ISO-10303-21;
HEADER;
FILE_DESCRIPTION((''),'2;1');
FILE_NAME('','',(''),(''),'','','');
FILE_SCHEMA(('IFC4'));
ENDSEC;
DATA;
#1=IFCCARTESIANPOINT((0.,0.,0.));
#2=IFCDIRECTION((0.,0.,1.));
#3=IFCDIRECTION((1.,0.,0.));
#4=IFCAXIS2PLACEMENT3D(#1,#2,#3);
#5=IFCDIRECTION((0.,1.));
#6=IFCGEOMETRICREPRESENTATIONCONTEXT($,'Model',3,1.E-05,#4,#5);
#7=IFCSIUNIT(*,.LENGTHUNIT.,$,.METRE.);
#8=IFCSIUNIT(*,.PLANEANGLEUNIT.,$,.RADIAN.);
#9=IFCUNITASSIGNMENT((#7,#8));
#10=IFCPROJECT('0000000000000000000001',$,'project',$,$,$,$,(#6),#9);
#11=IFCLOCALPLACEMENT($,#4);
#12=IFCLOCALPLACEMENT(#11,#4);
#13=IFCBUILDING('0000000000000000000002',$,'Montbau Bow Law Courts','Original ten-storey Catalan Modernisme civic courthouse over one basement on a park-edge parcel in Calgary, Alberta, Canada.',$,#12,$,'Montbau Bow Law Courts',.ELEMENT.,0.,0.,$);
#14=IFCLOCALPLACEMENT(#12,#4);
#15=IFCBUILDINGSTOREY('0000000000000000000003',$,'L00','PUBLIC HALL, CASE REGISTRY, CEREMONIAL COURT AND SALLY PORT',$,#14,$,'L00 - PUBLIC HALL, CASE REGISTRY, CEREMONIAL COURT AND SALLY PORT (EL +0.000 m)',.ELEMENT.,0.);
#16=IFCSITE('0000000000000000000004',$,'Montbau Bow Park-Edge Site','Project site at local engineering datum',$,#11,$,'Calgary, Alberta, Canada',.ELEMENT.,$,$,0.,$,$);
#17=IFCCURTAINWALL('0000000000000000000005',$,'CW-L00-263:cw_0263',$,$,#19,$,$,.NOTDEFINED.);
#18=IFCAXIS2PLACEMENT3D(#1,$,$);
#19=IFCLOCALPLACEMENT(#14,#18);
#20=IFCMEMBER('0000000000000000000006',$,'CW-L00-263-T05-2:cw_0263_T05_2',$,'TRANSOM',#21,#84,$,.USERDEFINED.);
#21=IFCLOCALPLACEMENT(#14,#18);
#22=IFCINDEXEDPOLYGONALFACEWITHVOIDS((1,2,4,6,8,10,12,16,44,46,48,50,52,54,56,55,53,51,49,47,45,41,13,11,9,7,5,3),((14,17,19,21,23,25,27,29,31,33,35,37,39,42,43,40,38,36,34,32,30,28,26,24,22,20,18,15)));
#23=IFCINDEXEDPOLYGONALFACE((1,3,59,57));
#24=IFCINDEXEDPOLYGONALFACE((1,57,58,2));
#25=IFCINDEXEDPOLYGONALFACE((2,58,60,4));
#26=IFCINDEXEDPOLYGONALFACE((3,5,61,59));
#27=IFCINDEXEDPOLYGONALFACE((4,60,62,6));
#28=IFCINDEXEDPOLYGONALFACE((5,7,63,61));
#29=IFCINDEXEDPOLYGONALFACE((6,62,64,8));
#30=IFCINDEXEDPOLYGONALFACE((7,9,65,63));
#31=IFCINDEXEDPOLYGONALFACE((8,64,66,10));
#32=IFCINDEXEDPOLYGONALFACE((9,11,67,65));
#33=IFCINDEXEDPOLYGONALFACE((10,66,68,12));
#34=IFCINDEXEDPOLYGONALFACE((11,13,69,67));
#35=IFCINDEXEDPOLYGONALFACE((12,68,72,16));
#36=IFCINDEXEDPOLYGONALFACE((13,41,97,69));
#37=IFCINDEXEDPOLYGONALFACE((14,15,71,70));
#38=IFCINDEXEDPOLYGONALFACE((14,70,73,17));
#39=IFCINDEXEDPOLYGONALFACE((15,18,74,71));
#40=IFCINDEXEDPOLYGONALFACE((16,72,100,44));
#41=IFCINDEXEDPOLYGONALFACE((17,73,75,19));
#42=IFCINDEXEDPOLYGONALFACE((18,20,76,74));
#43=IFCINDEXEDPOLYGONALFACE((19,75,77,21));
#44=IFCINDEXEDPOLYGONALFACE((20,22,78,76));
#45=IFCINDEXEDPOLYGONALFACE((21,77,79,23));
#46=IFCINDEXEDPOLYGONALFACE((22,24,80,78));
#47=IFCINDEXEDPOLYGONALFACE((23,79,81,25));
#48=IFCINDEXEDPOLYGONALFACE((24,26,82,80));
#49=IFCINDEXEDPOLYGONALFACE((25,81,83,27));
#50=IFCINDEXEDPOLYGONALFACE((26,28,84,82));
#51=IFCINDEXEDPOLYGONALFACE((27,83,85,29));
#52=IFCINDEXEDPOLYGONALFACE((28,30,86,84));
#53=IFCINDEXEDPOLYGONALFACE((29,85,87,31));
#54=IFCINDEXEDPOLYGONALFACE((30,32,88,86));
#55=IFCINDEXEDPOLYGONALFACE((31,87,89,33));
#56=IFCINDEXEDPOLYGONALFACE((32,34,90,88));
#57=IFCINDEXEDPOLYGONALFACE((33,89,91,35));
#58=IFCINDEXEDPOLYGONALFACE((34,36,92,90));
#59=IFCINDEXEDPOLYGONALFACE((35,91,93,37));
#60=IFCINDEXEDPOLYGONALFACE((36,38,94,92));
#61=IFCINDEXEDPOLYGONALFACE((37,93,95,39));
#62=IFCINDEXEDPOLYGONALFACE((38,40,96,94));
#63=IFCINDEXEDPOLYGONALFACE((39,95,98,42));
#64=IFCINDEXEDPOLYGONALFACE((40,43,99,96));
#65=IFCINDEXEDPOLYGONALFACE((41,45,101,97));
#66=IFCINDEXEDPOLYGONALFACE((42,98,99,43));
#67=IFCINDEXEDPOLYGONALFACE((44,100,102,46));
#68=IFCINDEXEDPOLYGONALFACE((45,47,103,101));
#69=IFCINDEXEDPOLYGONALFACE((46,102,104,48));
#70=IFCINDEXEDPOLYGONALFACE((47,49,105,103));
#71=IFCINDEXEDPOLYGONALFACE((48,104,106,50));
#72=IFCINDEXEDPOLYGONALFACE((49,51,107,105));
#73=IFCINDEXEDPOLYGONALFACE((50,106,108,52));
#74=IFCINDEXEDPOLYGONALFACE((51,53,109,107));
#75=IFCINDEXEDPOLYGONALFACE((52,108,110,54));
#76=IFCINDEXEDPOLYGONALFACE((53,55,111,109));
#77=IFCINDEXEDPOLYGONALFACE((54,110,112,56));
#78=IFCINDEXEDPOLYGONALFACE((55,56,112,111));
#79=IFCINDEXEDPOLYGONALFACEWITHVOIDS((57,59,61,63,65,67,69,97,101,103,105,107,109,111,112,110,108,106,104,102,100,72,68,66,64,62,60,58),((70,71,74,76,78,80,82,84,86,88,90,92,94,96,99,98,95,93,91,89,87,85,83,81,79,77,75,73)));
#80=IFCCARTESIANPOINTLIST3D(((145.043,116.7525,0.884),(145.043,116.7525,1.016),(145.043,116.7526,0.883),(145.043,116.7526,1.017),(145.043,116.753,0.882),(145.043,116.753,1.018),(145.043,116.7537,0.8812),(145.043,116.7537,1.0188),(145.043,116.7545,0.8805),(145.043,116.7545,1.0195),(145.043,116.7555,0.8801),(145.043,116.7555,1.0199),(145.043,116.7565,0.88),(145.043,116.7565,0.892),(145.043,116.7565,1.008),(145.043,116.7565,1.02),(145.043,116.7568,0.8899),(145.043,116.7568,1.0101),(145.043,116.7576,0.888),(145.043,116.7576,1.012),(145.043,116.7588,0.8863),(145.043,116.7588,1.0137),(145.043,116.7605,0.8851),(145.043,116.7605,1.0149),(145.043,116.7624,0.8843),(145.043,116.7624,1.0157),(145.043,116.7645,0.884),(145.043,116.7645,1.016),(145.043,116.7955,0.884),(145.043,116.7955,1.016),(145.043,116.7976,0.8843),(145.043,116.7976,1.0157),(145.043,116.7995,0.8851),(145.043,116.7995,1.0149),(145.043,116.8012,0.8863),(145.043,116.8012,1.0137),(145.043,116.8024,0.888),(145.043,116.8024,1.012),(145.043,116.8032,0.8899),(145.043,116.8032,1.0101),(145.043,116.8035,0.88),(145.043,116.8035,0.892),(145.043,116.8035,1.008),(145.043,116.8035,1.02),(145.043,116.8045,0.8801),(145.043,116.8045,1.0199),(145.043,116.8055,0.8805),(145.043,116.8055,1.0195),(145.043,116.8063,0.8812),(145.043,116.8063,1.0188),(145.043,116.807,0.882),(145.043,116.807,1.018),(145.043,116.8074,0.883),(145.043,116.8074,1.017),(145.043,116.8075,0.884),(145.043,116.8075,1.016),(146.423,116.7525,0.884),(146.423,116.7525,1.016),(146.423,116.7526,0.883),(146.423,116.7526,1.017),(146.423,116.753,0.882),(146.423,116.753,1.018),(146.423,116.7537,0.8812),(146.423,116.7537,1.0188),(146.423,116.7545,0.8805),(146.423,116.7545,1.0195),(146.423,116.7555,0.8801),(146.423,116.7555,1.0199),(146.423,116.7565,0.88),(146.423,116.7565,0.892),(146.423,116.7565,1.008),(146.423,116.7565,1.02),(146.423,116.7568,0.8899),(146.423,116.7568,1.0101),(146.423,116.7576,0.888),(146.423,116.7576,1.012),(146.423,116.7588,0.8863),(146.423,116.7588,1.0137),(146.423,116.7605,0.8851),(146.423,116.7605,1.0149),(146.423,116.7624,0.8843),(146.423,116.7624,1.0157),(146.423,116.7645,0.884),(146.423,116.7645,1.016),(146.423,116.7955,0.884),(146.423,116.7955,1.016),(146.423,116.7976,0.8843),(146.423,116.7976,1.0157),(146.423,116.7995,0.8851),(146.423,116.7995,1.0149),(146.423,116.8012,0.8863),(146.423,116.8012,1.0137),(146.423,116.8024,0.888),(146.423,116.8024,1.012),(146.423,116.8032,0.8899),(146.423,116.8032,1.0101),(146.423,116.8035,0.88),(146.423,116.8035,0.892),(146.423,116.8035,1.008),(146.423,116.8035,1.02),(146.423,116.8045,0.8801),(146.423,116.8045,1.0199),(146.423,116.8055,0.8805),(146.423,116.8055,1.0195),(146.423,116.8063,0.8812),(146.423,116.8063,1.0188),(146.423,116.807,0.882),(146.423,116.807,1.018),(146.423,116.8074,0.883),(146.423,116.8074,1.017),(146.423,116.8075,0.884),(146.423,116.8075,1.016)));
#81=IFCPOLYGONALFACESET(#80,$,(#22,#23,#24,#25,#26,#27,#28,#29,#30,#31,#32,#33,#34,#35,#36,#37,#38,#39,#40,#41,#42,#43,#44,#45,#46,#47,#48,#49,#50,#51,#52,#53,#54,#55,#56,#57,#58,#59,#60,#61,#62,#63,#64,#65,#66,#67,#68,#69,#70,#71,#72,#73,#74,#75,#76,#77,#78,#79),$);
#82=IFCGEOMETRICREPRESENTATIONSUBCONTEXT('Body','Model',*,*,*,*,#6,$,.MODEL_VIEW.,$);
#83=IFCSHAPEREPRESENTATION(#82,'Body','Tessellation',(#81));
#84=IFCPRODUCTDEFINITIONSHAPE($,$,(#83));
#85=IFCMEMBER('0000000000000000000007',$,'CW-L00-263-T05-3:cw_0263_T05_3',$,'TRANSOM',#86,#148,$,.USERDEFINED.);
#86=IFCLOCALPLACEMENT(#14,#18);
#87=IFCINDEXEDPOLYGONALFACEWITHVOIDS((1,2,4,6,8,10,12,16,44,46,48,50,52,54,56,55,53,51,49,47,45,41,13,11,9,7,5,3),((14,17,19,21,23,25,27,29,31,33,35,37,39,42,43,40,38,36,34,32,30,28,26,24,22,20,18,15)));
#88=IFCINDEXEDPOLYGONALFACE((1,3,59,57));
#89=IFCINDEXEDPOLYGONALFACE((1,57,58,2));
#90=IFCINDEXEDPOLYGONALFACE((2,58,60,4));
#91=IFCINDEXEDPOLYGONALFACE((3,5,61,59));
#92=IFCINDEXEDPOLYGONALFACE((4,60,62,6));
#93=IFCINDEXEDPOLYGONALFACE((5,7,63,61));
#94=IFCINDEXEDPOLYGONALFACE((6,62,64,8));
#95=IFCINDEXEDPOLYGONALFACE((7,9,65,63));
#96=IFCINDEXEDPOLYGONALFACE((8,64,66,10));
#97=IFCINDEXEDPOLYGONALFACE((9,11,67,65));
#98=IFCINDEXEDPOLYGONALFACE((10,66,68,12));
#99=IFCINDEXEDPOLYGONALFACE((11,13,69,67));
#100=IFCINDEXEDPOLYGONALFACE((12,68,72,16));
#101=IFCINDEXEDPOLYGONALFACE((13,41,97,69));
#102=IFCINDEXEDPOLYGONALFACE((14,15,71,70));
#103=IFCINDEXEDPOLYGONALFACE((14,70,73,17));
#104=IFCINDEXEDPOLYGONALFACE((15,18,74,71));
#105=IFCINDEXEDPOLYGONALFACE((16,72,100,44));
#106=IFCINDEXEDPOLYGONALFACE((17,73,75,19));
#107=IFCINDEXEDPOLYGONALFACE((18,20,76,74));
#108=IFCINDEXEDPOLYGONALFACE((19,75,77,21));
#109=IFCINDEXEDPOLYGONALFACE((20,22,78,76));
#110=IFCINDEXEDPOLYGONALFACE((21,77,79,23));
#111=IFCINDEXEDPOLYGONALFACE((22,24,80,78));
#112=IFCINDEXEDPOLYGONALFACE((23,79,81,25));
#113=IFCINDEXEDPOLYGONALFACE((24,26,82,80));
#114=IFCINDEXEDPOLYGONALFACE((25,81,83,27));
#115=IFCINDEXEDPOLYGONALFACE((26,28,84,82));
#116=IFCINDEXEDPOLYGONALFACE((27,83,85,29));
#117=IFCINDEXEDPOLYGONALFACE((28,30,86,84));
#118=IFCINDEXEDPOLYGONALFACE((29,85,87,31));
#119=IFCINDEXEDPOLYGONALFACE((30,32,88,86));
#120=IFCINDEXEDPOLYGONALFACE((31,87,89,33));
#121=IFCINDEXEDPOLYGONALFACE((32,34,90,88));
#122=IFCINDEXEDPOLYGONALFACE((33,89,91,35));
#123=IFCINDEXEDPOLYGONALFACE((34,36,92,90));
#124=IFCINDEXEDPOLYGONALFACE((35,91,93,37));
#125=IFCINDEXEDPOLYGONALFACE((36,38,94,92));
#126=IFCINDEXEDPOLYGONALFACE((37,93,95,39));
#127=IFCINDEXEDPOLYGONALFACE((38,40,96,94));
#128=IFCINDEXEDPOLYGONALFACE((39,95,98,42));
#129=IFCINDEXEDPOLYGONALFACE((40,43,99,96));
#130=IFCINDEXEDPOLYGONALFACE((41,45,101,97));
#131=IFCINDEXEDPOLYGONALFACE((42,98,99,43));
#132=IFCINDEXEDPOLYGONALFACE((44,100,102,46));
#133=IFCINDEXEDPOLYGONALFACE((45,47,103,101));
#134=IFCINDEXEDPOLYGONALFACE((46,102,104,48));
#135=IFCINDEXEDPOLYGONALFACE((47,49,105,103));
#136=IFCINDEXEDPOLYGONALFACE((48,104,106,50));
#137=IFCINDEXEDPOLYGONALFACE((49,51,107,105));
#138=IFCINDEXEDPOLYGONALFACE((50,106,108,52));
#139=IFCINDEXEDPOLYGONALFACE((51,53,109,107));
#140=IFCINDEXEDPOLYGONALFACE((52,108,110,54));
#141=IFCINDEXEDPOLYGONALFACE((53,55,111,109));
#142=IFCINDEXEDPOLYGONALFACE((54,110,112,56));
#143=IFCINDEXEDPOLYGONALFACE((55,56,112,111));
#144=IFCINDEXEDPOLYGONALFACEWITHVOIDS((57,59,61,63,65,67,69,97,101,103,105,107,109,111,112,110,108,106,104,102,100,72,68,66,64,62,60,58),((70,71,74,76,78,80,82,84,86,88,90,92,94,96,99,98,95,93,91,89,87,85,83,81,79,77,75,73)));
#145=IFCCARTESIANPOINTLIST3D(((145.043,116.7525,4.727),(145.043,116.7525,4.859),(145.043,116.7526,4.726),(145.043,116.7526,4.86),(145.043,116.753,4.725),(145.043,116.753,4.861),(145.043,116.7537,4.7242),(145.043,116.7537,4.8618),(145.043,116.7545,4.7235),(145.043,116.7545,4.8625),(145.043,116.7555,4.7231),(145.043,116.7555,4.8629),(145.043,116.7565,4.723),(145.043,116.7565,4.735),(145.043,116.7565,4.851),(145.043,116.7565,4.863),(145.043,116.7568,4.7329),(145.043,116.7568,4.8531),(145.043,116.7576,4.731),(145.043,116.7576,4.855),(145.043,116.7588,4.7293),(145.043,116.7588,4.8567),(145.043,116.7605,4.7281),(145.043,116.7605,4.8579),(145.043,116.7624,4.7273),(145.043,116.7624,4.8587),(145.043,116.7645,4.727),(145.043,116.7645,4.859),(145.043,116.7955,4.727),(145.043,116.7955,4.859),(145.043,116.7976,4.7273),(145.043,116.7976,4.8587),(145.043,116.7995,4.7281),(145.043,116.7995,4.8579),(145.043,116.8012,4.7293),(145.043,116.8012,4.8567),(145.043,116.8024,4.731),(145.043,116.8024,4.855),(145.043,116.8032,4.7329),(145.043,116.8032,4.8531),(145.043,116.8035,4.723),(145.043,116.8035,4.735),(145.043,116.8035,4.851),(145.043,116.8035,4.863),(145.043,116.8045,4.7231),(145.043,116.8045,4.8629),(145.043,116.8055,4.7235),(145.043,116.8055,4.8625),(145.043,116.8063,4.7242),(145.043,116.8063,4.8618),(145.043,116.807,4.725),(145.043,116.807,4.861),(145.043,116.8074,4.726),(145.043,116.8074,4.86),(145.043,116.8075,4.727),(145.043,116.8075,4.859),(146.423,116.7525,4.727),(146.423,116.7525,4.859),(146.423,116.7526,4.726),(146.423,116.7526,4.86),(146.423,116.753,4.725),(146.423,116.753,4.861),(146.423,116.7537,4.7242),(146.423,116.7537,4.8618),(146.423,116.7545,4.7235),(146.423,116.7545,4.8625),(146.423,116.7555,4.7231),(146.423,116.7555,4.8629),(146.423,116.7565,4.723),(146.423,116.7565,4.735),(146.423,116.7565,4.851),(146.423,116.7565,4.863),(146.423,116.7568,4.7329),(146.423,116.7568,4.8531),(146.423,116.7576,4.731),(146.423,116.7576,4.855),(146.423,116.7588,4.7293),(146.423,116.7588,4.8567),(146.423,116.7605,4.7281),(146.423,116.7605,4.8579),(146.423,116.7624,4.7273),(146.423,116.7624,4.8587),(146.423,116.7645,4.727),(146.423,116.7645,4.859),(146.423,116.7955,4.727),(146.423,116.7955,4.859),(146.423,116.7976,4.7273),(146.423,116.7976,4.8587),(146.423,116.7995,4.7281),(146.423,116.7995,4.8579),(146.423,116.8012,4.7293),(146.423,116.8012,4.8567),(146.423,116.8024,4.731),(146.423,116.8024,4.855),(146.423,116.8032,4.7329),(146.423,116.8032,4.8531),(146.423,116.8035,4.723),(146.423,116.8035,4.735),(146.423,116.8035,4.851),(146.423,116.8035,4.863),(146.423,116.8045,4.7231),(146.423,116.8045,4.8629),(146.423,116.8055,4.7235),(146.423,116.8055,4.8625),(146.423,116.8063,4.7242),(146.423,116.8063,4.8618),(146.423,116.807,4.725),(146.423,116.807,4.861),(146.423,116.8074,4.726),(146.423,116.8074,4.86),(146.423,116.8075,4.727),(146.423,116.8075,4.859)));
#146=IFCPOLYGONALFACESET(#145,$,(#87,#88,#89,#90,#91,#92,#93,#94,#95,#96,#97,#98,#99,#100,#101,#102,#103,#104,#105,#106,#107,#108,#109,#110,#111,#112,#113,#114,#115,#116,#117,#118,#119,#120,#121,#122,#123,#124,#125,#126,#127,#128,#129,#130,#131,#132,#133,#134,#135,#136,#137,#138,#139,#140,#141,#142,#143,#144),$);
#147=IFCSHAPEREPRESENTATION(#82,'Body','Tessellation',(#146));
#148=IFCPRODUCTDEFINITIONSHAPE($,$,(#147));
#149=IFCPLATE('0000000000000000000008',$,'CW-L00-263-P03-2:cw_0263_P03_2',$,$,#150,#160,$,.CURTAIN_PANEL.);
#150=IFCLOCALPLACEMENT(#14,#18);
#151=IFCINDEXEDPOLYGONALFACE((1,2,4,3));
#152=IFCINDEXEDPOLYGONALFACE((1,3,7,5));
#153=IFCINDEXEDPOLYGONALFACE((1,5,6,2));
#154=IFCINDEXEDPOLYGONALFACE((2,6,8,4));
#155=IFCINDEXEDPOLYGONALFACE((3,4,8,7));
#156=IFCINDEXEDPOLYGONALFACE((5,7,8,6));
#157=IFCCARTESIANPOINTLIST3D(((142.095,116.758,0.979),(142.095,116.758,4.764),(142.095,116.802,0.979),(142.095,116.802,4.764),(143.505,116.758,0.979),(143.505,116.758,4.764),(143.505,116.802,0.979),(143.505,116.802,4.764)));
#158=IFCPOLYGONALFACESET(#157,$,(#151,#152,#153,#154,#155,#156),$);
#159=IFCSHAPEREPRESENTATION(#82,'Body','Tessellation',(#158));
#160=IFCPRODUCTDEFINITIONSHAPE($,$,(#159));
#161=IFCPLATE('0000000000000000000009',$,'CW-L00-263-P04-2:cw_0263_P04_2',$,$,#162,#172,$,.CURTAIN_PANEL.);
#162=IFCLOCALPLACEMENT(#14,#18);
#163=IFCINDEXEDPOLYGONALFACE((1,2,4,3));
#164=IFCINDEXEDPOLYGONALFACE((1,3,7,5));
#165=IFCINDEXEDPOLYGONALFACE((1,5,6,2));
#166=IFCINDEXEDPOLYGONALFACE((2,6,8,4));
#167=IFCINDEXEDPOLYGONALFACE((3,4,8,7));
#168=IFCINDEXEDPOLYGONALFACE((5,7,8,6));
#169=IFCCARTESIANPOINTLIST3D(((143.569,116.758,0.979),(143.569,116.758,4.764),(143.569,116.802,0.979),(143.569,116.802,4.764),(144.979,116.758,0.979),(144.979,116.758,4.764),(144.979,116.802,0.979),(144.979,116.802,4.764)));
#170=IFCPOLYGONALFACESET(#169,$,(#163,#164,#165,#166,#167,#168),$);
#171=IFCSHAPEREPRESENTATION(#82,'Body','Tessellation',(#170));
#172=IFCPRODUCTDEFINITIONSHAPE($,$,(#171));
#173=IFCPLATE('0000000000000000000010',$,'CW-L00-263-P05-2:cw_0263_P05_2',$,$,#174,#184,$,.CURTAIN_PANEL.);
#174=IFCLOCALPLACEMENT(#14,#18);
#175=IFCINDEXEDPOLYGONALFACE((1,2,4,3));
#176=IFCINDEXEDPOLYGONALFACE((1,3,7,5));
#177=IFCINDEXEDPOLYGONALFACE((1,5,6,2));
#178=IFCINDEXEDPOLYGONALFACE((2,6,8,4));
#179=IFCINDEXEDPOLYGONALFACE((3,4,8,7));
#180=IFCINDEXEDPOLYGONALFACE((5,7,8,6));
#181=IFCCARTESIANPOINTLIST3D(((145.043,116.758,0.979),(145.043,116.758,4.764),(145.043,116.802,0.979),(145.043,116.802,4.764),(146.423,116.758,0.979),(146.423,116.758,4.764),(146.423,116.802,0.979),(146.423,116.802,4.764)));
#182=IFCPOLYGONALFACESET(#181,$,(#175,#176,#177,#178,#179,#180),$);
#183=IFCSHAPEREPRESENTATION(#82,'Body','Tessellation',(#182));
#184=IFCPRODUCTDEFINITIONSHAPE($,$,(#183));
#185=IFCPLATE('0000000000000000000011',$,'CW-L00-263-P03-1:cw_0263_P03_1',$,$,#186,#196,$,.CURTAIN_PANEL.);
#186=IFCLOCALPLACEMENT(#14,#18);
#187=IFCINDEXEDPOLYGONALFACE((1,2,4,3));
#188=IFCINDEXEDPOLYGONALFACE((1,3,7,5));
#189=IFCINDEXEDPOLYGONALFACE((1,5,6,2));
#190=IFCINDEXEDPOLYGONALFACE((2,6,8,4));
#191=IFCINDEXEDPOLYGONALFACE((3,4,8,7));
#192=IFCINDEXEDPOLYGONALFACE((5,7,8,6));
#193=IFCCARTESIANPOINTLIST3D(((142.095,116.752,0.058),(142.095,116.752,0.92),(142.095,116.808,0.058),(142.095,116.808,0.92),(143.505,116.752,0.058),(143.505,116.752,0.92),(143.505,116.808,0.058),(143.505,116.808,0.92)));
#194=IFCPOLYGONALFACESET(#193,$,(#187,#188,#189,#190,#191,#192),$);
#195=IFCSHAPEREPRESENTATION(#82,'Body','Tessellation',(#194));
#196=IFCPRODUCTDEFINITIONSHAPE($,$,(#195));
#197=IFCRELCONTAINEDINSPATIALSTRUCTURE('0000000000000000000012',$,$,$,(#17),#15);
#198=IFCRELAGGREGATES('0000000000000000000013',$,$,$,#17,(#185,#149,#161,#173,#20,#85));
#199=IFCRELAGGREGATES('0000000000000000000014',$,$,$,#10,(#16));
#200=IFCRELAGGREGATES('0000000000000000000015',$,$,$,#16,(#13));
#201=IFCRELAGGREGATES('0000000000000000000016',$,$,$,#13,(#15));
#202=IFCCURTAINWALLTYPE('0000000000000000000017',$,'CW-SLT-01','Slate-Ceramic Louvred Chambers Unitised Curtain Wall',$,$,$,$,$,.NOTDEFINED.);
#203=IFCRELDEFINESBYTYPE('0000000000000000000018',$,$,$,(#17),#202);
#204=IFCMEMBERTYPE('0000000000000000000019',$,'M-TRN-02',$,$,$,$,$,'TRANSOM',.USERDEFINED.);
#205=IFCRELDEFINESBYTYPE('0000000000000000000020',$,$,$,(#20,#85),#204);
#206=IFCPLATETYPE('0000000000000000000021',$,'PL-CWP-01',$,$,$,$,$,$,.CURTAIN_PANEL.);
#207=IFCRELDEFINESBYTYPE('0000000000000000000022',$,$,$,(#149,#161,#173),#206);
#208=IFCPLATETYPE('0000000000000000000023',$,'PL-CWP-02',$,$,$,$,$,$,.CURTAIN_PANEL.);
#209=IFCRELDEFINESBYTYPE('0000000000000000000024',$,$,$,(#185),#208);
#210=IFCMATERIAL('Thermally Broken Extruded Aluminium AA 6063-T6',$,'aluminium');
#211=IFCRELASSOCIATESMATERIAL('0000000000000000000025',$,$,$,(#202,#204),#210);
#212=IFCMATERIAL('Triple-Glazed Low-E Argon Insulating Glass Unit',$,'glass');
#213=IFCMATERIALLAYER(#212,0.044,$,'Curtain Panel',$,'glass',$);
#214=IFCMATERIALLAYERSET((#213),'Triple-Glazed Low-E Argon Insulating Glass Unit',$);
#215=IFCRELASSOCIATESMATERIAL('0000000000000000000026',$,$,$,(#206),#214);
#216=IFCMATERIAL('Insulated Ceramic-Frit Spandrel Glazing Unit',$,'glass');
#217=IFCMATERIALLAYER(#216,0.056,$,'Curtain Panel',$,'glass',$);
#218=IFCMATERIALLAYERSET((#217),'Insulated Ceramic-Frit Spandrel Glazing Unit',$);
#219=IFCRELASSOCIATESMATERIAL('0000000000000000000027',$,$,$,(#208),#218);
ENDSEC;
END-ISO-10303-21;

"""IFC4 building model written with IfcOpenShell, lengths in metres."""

from ifc_helpers import new_model, si_unit, direction, frame, frame_2d, origin_with_axes, origin_2d_with_axis, place, context, subcontext, project, spatial, rectangle, hollow_rectangle, extrude, material, layer, layer_set, material_profile, profile_set, type_object, element, aggregate, save


model = new_model("IFC4")

# Units and contexts
model_context = context("Model", 3, precision=1e-05, world=origin_with_axes(), true_north=direction((0.0, 1.0)))
body_context = subcontext(model_context, "Body", "Model", "MODEL_VIEW")
ifc_project = project(units=[si_unit("LENGTHUNIT", "METRE"), si_unit("PLANEANGLEUNIT", "RADIAN")], contexts=[model_context])

# Site, building, storey
site_placement = place(None, origin_with_axes())
site = spatial("IfcSite", under=ifc_project, at=site_placement, Name="Montbau Bow Park-Edge Site", Description="Project site at local engineering datum", LongName="Calgary, Alberta, Canada", CompositionType="ELEMENT", RefElevation=0.0)
building_placement = place(site_placement, origin_with_axes())
building = spatial("IfcBuilding", under=site, at=building_placement, Name="Montbau Bow Law Courts", Description="Original ten-storey Catalan Modernisme civic courthouse over one basement on a park-edge parcel in Calgary, Alberta, Canada.", LongName="Montbau Bow Law Courts", CompositionType="ELEMENT", ElevationOfRefHeight=0.0, ElevationOfTerrain=0.0)
storey_placement = place(building_placement, origin_with_axes())
storey = spatial("IfcBuildingStorey", under=building, at=storey_placement, Name="L00", Description="PUBLIC HALL, CASE REGISTRY, CEREMONIAL COURT AND SALLY PORT", LongName="L00 - PUBLIC HALL, CASE REGISTRY, CEREMONIAL COURT AND SALLY PORT (EL +0.000 m)", CompositionType="ELEMENT", Elevation=0.0)

# Curtain wall, members, plates
ifc_material_1 = material(Name="Thermally Broken Extruded Aluminium AA 6063-T6", Category="aluminium")
curtain_wall_type = type_object("IfcCurtainWallType", Name="CW-SLT-01", Description="Slate-Ceramic Louvred Chambers Unitised Curtain Wall", PredefinedType="NOTDEFINED", material=ifc_material_1)
curtain_wall_placement = place(None, frame((139.115, 116.78, 0.0), z_axis=(0.0, 0.0, 1.0), x_axis=(1.0, 0.0, 0.0)))
curtain_wall = element("IfcCurtainWall", 1, at=curtain_wall_placement, inside=storey, type_object=curtain_wall_type, Name="CW-L00-263:cw_0263", PredefinedType="NOTDEFINED")
ifc_material_profile_1 = material_profile(ifc_material_1, hollow_rectangle(XDim=0.055, YDim=0.14, WallThickness=0.004, InnerFilletRadius=0.008, OuterFilletRadius=0.004, at=origin_2d_with_axis()), Name="CWT-140X55", Category="Main", Priority=0)
ifc_profile_set_1 = profile_set([ifc_material_profile_1], Name="Thermally Broken Extruded Aluminium AA 6063-T6")
member_type_1 = type_object("IfcMemberType", Name="M-TRN-02", ElementType="TRANSOM", PredefinedType="USERDEFINED", material=ifc_profile_set_1)
member_1_placement = place(None, frame((145.043, 116.78, 0.95), z_axis=(1.0, 0.0, 0.0), x_axis=(0.0, 1.0, 0.0)))
member_1 = element("IfcMember", 2, at=member_1_placement, type_object=member_type_1, Name="CW-L00-263-T05-2:cw_0263_T05_2", ObjectType="TRANSOM", PredefinedType="USERDEFINED", context=body_context, shape_type="SweptSolid", body=[
    extrude(hollow_rectangle(XDim=0.055, YDim=0.14, WallThickness=0.004, InnerFilletRadius=0.008, OuterFilletRadius=0.004, at=origin_2d_with_axis()), origin_with_axes(), (0.0, 0.0, 1.0), 1.38),
])
member_2_placement = place(None, frame((145.043, 116.78, 4.793), z_axis=(1.0, 0.0, 0.0), x_axis=(0.0, 1.0, 0.0)))
member_2 = element("IfcMember", 3, at=member_2_placement, type_object=member_type_1, Name="CW-L00-263-T05-3:cw_0263_T05_3", ObjectType="TRANSOM", PredefinedType="USERDEFINED", context=body_context, shape_type="SweptSolid", body=[
    extrude(hollow_rectangle(XDim=0.055, YDim=0.14, WallThickness=0.004, InnerFilletRadius=0.008, OuterFilletRadius=0.004, at=origin_2d_with_axis()), origin_with_axes(), (0.0, 0.0, 1.0), 1.38),
])
ifc_material_2 = material(Name="Triple-Glazed Low-E Argon Insulating Glass Unit", Category="glass")
ifc_layer_1 = layer(ifc_material_2, 0.044, Name="Curtain Panel", Category="glass")
ifc_layer_set_1 = layer_set([ifc_layer_1], Name="Triple-Glazed Low-E Argon Insulating Glass Unit")
plate_type_1 = type_object("IfcPlateType", Name="PL-CWP-01", PredefinedType="CURTAIN_PANEL", material=ifc_layer_set_1)
plate_1_placement = place(None, frame((142.095, 116.78, 0.979), z_axis=(0.0, -1.0, 0.0), x_axis=(1.0, 0.0, 0.0)))
plate_1 = element("IfcPlate", 4, at=plate_1_placement, type_object=plate_type_1, Name="CW-L00-263-P03-2:cw_0263_P03_2", PredefinedType="CURTAIN_PANEL", context=body_context, shape_type="SweptSolid", body=[
    extrude(rectangle(XDim=1.41, YDim=3.785, at=frame_2d((0.705, 1.8925), x_axis=(1.0, 0.0))), frame((0.0, 0.0, -0.022), z_axis=(0.0, 0.0, 1.0), x_axis=(1.0, 0.0, 0.0)), (0.0, 0.0, 1.0), 0.044),
])
plate_2_placement = place(None, frame((143.569, 116.78, 0.979), z_axis=(0.0, -1.0, 0.0), x_axis=(1.0, 0.0, 0.0)))
plate_2 = element("IfcPlate", 5, at=plate_2_placement, type_object=plate_type_1, Name="CW-L00-263-P04-2:cw_0263_P04_2", PredefinedType="CURTAIN_PANEL", context=body_context, shape_type="SweptSolid", body=[
    extrude(rectangle(XDim=1.41, YDim=3.785, at=frame_2d((0.705, 1.8925), x_axis=(1.0, 0.0))), frame((0.0, 0.0, -0.022), z_axis=(0.0, 0.0, 1.0), x_axis=(1.0, 0.0, 0.0)), (0.0, 0.0, 1.0), 0.044),
])
plate_3_placement = place(None, frame((145.043, 116.78, 0.979), z_axis=(0.0, -1.0, 0.0), x_axis=(1.0, 0.0, 0.0)))
plate_3 = element("IfcPlate", 6, at=plate_3_placement, type_object=plate_type_1, Name="CW-L00-263-P05-2:cw_0263_P05_2", PredefinedType="CURTAIN_PANEL", context=body_context, shape_type="SweptSolid", body=[
    extrude(rectangle(XDim=1.38, YDim=3.785, at=frame_2d((0.69, 1.8925), x_axis=(1.0, 0.0))), frame((0.0, 0.0, -0.022), z_axis=(0.0, 0.0, 1.0), x_axis=(1.0, 0.0, 0.0)), (0.0, 0.0, 1.0), 0.044),
])
ifc_material_3 = material(Name="Insulated Ceramic-Frit Spandrel Glazing Unit", Category="glass")
ifc_layer_2 = layer(ifc_material_3, 0.056, Name="Curtain Panel", Category="glass")
ifc_layer_set_2 = layer_set([ifc_layer_2], Name="Insulated Ceramic-Frit Spandrel Glazing Unit")
plate_type_2 = type_object("IfcPlateType", Name="PL-CWP-02", PredefinedType="CURTAIN_PANEL", material=ifc_layer_set_2)
plate_4_placement = place(None, frame((142.095, 116.78, 0.058), z_axis=(0.0, -1.0, 0.0), x_axis=(1.0, 0.0, 0.0)))
plate_4 = element("IfcPlate", 7, at=plate_4_placement, type_object=plate_type_2, Name="CW-L00-263-P03-1:cw_0263_P03_1", PredefinedType="CURTAIN_PANEL", context=body_context, shape_type="SweptSolid", body=[
    extrude(rectangle(XDim=1.41, YDim=0.862, at=frame_2d((0.705, 0.431), x_axis=(1.0, 0.0))), frame((0.0, 0.0, -0.028), z_axis=(0.0, 0.0, 1.0), x_axis=(1.0, 0.0, 0.0)), (0.0, 0.0, 1.0), 0.056),
])
aggregate(curtain_wall, [plate_4, plate_1, plate_2, plate_3, member_1, member_2])

save(model, "model.ifc")
